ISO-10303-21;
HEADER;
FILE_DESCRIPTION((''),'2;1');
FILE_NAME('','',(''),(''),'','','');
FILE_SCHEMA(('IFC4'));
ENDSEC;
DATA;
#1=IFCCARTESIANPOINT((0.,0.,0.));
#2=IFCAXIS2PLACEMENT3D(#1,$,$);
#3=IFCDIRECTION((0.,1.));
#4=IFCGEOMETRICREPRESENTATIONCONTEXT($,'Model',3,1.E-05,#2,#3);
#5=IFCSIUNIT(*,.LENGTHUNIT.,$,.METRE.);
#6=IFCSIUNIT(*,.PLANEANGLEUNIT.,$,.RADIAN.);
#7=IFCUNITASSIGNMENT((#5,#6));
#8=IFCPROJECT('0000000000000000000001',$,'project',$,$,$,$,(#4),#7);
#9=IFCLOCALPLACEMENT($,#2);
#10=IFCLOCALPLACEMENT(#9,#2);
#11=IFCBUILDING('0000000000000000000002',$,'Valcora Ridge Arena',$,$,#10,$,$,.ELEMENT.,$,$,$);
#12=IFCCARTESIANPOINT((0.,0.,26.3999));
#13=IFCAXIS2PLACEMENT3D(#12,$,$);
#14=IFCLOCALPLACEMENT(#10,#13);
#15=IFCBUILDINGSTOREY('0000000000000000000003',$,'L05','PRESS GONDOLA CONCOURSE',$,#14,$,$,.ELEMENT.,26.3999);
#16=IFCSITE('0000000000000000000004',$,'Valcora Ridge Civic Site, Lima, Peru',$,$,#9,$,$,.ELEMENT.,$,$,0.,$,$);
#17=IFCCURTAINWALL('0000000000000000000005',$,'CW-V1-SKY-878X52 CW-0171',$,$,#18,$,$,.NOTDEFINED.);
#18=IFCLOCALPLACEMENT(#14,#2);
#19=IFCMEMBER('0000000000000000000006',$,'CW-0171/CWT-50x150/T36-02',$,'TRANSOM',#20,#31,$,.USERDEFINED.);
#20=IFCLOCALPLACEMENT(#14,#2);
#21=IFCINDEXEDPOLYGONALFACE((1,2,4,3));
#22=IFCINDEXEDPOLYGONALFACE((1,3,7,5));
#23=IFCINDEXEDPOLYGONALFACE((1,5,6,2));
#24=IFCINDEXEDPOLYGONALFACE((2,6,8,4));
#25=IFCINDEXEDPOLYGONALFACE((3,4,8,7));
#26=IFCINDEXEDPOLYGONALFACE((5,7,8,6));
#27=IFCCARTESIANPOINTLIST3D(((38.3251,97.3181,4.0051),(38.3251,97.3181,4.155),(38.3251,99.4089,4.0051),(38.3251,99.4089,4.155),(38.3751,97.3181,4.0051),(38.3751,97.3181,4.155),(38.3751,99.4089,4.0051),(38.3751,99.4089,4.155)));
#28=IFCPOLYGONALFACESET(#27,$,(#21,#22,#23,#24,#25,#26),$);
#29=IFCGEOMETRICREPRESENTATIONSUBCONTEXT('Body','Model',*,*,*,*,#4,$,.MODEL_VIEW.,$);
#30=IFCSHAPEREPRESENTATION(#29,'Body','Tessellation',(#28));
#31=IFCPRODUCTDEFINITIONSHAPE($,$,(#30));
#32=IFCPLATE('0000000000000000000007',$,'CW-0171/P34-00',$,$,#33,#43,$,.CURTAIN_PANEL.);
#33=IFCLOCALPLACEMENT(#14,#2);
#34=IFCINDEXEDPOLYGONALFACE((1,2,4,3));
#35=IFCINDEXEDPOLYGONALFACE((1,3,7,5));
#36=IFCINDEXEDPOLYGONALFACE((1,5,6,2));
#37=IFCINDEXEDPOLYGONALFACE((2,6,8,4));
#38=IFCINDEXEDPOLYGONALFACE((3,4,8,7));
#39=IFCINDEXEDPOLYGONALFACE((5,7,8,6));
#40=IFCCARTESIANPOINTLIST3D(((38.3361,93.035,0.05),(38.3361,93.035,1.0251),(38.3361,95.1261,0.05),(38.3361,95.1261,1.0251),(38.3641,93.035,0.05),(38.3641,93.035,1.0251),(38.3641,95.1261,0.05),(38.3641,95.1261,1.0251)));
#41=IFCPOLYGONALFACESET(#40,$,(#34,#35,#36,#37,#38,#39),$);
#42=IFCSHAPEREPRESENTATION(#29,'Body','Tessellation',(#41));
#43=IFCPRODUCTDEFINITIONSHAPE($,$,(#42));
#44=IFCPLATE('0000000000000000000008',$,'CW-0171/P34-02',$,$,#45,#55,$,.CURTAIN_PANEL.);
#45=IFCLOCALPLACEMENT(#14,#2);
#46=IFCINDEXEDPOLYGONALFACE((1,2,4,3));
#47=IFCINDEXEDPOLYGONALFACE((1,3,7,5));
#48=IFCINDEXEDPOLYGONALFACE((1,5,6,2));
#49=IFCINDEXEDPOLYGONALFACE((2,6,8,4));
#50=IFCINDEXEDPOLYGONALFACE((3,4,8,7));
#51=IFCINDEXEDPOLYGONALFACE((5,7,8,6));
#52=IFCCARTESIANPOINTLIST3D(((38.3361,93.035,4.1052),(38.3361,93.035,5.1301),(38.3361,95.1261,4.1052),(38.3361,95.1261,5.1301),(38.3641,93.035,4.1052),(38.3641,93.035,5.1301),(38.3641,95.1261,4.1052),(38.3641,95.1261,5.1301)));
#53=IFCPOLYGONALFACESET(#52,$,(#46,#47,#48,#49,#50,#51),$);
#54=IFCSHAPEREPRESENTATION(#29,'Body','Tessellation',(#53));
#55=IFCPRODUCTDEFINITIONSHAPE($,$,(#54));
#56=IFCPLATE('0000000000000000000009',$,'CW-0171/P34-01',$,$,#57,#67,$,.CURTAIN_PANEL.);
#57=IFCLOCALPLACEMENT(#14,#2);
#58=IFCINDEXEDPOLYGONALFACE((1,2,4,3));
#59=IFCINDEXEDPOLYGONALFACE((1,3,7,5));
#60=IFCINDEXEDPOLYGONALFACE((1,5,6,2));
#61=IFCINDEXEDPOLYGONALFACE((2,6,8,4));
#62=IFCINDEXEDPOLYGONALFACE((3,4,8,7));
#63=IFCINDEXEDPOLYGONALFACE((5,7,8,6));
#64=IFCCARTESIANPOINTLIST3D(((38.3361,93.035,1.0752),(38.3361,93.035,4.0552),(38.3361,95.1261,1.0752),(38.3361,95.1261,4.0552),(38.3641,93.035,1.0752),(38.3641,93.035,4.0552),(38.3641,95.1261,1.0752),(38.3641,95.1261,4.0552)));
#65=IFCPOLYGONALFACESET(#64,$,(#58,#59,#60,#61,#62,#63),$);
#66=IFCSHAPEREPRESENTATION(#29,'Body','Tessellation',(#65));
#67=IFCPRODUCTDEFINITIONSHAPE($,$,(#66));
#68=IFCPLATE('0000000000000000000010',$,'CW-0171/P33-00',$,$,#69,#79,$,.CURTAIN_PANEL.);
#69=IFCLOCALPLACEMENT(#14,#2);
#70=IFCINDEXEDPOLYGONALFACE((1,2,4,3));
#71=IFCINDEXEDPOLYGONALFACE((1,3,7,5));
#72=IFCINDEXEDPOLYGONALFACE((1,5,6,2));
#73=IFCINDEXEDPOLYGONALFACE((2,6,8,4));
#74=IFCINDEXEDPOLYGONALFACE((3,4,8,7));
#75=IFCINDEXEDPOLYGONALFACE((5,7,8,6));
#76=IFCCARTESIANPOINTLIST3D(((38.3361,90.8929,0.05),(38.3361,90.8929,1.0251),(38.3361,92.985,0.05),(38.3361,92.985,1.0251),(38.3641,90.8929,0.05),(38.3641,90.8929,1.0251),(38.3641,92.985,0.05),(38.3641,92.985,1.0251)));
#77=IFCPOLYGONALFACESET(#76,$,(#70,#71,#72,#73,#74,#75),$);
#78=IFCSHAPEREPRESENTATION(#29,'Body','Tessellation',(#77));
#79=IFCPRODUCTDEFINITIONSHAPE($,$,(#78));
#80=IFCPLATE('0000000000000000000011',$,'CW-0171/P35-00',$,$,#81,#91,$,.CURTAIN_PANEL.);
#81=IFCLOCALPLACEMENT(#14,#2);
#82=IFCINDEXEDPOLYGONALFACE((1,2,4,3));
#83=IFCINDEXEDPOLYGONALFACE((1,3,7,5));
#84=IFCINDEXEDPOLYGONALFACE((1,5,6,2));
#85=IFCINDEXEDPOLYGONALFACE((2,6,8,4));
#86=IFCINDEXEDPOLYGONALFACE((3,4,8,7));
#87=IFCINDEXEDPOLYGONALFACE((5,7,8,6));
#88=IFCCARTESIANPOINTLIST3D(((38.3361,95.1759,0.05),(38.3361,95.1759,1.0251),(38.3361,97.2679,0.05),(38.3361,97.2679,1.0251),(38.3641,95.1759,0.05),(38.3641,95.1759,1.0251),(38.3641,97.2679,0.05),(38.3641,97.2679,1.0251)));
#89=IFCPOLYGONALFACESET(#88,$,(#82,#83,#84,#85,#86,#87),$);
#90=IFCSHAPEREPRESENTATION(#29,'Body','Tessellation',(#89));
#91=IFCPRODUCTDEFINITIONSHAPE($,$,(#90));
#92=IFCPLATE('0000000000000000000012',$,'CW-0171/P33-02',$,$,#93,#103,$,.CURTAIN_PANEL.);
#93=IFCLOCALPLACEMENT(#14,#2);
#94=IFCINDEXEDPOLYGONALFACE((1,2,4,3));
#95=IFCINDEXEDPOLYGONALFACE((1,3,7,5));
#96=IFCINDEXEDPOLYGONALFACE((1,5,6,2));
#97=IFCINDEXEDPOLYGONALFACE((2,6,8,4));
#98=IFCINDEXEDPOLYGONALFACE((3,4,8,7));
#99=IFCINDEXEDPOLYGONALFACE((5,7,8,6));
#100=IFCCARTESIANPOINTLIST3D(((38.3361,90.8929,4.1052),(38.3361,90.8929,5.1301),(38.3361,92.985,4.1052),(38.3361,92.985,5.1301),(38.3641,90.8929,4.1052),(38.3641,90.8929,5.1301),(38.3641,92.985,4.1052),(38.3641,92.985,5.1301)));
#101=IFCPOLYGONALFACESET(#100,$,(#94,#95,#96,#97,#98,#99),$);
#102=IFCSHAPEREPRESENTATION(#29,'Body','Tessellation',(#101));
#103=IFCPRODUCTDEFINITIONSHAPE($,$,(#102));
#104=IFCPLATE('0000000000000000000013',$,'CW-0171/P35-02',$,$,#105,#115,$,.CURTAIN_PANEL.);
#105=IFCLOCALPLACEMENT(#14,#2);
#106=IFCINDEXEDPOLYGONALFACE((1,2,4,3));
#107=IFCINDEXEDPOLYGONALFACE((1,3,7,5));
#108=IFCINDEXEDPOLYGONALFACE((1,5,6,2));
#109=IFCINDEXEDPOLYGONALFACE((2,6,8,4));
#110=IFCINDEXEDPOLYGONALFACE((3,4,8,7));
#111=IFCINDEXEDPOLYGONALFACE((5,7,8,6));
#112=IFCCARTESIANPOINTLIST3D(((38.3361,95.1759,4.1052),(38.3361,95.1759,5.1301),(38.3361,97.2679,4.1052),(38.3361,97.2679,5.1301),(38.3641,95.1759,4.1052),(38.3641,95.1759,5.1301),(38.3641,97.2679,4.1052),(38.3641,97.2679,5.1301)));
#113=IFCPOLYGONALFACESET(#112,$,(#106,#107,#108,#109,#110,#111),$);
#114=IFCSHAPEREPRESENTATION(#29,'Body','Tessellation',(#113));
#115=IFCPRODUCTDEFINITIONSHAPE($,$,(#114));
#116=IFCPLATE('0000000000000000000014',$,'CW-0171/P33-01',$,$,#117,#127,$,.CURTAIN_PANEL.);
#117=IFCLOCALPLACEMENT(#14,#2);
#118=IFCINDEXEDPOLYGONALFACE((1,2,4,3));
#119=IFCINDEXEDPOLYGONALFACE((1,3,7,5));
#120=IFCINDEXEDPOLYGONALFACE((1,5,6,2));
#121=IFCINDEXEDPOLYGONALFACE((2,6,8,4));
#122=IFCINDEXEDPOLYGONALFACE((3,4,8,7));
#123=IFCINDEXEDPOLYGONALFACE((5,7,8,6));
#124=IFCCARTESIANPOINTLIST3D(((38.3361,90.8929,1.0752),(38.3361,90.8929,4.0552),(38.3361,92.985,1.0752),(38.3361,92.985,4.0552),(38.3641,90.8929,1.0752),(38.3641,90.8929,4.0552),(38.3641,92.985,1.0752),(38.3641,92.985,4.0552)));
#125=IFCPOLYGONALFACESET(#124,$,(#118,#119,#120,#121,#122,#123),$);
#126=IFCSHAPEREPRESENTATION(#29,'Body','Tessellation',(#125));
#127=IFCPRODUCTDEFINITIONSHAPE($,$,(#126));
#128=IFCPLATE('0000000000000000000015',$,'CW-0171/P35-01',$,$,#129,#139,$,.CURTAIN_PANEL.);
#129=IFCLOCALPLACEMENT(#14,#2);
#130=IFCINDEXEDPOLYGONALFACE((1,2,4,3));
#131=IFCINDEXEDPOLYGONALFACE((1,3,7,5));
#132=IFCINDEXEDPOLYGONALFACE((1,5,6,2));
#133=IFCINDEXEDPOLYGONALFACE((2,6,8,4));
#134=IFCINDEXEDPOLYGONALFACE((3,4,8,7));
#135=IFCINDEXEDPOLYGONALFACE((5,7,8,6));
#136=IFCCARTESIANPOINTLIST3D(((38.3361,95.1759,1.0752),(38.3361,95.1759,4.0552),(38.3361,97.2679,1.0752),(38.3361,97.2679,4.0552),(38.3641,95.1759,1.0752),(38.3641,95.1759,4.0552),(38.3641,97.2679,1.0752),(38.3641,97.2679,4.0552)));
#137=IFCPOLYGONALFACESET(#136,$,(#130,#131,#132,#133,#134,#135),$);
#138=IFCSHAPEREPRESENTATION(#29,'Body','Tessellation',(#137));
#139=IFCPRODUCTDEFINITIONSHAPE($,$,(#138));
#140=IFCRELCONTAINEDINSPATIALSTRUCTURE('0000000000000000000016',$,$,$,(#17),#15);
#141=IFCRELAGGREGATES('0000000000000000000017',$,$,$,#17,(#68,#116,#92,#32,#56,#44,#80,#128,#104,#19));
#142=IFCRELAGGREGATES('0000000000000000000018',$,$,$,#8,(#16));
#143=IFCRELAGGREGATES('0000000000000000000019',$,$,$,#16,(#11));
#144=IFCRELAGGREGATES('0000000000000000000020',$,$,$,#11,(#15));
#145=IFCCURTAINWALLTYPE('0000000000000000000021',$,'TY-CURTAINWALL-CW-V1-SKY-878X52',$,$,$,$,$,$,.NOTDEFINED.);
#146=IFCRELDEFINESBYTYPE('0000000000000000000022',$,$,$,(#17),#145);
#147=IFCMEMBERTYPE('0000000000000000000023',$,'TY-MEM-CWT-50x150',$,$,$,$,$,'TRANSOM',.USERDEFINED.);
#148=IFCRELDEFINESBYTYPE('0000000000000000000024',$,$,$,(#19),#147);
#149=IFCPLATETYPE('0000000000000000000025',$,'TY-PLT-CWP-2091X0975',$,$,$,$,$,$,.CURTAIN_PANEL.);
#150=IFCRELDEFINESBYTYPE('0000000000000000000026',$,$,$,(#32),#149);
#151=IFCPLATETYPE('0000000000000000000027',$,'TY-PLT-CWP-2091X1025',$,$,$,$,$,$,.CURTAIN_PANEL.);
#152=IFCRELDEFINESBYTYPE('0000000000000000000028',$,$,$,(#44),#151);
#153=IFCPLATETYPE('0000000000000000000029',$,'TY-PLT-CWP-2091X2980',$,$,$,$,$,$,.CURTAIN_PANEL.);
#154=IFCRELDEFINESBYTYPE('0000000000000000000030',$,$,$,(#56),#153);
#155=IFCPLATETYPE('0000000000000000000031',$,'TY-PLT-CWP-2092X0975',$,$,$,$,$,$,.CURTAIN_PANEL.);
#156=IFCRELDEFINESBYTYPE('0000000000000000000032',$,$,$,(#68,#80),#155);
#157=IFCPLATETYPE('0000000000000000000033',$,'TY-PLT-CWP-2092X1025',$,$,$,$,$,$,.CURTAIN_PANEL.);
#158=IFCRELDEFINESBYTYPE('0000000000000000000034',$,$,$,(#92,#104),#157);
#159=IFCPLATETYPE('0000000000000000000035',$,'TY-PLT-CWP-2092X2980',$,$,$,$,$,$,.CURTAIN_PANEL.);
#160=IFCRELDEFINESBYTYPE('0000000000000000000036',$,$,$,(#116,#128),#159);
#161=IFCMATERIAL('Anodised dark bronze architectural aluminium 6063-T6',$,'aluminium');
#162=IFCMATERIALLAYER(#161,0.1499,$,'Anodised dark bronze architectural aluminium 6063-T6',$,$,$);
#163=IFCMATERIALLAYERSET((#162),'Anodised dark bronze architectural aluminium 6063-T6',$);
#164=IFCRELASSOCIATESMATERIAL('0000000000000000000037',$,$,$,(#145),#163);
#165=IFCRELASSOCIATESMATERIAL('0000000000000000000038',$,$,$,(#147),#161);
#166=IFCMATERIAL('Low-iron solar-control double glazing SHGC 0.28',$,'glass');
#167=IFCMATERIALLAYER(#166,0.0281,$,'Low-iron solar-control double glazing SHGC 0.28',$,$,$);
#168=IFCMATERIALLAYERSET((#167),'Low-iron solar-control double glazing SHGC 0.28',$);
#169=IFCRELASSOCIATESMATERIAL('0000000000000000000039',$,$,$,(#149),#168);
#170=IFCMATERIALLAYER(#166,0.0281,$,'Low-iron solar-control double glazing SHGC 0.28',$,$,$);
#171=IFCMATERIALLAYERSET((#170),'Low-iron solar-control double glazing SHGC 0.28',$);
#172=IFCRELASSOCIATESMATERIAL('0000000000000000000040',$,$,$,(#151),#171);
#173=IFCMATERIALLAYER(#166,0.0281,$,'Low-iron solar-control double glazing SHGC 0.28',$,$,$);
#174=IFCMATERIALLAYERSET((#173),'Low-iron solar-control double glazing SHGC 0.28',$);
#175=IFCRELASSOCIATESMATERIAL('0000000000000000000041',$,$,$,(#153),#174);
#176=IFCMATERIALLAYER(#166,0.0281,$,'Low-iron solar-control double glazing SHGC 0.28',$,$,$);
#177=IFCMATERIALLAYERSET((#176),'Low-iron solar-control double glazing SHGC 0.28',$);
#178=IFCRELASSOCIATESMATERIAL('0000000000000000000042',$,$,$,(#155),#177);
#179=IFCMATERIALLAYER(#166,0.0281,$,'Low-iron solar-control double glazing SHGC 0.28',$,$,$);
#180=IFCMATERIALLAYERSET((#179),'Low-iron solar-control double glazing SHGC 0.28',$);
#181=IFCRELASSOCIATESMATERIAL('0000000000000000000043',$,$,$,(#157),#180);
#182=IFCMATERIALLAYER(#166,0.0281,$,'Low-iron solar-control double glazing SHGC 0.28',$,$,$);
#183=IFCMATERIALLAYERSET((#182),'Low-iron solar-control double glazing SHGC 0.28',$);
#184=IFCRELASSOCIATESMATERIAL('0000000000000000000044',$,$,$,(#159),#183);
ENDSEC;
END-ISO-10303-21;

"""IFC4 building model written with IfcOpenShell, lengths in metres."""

from ifc_helpers import new_model, si_unit, direction, frame, origin, origin_2d, place, context, subcontext, project, spatial, rectangle, extrude, material, layer, layer_set, material_profile, profile_set, type_object, element, aggregate, save


model = new_model("IFC4")

# Units and contexts
model_context = context("Model", 3, precision=1e-05, world=origin(), true_north=direction((0.0, 1.0)))
body_context = subcontext(model_context, "Body", "Model", "MODEL_VIEW")
ifc_project = project(units=[si_unit("LENGTHUNIT", "METRE"), si_unit("PLANEANGLEUNIT", "RADIAN")], contexts=[model_context])

# Site, building, storey
site_placement = place(None, origin())
site = spatial("IfcSite", under=ifc_project, at=site_placement, Name="Valcora Ridge Civic Site, Lima, Peru", CompositionType="ELEMENT", RefElevation=0.0)
building_placement = place(site_placement, origin())
building = spatial("IfcBuilding", under=site, at=building_placement, Name="Valcora Ridge Arena", CompositionType="ELEMENT")
storey_placement = place(building_placement, frame((0.0, 0.0, 26.3999)))
storey = spatial("IfcBuildingStorey", under=building, at=storey_placement, Name="L05", Description="PRESS GONDOLA CONCOURSE", CompositionType="ELEMENT", Elevation=26.3999)

# Curtain wall, member, plates
ifc_material_1 = material(Name="Anodised dark bronze architectural aluminium 6063-T6", Category="aluminium")
ifc_layer_1 = layer(ifc_material_1, 0.1499, Name="Anodised dark bronze architectural aluminium 6063-T6")
ifc_layer_set_1 = layer_set([ifc_layer_1], Name="Anodised dark bronze architectural aluminium 6063-T6")
curtain_wall_type = type_object("IfcCurtainWallType", Name="TY-CURTAINWALL-CW-V1-SKY-878X52", PredefinedType="NOTDEFINED", material=ifc_layer_set_1)
curtain_wall_placement = place(storey_placement, origin())
curtain_wall = element("IfcCurtainWall", 1, at=curtain_wall_placement, inside=storey, type_object=curtain_wall_type, Name="CW-V1-SKY-878X52 CW-0171", PredefinedType="NOTDEFINED")
ifc_material_profile_1 = material_profile(ifc_material_1, rectangle(XDim=0.05, YDim=0.1499, at=origin_2d()), Name="ALU TRANSOM 50x150")
ifc_profile_set_1 = profile_set([ifc_material_profile_1], Name="Anodised dark bronze architectural aluminium 6063-T6")
member_type_1 = type_object("IfcMemberType", Name="TY-MEM-CWT-50x150", ElementType="TRANSOM", PredefinedType="USERDEFINED", material=ifc_profile_set_1)
member_1_placement = place(storey_placement, frame((38.3501, 97.3181, 4.0801), z_axis=(0.0, 1.0, 0.0), x_axis=(-1.0, 0.0, 0.0)))
member_1 = element("IfcMember", 2, at=member_1_placement, type_object=member_type_1, Name="CW-0171/CWT-50x150/T36-02", ObjectType="TRANSOM", PredefinedType="USERDEFINED", context=body_context, shape_type="SweptSolid", body=[
    extrude(rectangle(XDim=0.05, YDim=0.1499, at=origin_2d()), origin(), (0.0, 0.0, 1.0), 2.0908),
])
ifc_material_2 = material(Name="Low-iron solar-control double glazing SHGC 0.28", Category="glass")
ifc_layer_2 = layer(ifc_material_2, 0.0281, Name="Low-iron solar-control double glazing SHGC 0.28")
ifc_layer_set_2 = layer_set([ifc_layer_2], Name="Low-iron solar-control double glazing SHGC 0.28")
plate_type_1 = type_object("IfcPlateType", Name="TY-PLT-CWP-2091X0975", PredefinedType="CURTAIN_PANEL", material=ifc_layer_set_2)
plate_1_placement = place(storey_placement, frame((38.3501, 94.0806, 0.05), z_axis=(0.0, 0.0, 1.0), x_axis=(0.0, 1.0, 0.0)))
plate_1 = element("IfcPlate", 3, at=plate_1_placement, type_object=plate_type_1, Name="CW-0171/P34-00", PredefinedType="CURTAIN_PANEL", context=body_context, shape_type="SweptSolid", body=[
    extrude(rectangle(XDim=2.0911, YDim=0.0281, at=origin_2d()), origin(), (0.0, 0.0, 1.0), 0.9751),
])
ifc_layer_3 = layer(ifc_material_2, 0.0281, Name="Low-iron solar-control double glazing SHGC 0.28")
ifc_layer_set_3 = layer_set([ifc_layer_3], Name="Low-iron solar-control double glazing SHGC 0.28")
plate_type_2 = type_object("IfcPlateType", Name="TY-PLT-CWP-2091X1025", PredefinedType="CURTAIN_PANEL", material=ifc_layer_set_3)
plate_2_placement = place(storey_placement, frame((38.3501, 94.0806, 4.1052), z_axis=(0.0, 0.0, 1.0), x_axis=(0.0, 1.0, 0.0)))
plate_2 = element("IfcPlate", 4, at=plate_2_placement, type_object=plate_type_2, Name="CW-0171/P34-02", PredefinedType="CURTAIN_PANEL", context=body_context, shape_type="SweptSolid", body=[
    extrude(rectangle(XDim=2.0911, YDim=0.0281, at=origin_2d()), origin(), (0.0, 0.0, 1.0), 1.0249),
])
ifc_layer_4 = layer(ifc_material_2, 0.0281, Name="Low-iron solar-control double glazing SHGC 0.28")
ifc_layer_set_4 = layer_set([ifc_layer_4], Name="Low-iron solar-control double glazing SHGC 0.28")
plate_type_3 = type_object("IfcPlateType", Name="TY-PLT-CWP-2091X2980", PredefinedType="CURTAIN_PANEL", material=ifc_layer_set_4)
plate_3_placement = place(storey_placement, frame((38.3501, 94.0806, 1.0752), z_axis=(0.0, 0.0, 1.0), x_axis=(0.0, 1.0, 0.0)))
plate_3 = element("IfcPlate", 5, at=plate_3_placement, type_object=plate_type_3, Name="CW-0171/P34-01", PredefinedType="CURTAIN_PANEL", context=body_context, shape_type="SweptSolid", body=[
    extrude(rectangle(XDim=2.0911, YDim=0.0281, at=origin_2d()), origin(), (0.0, 0.0, 1.0), 2.98),
])
ifc_layer_5 = layer(ifc_material_2, 0.0281, Name="Low-iron solar-control double glazing SHGC 0.28")
ifc_layer_set_5 = layer_set([ifc_layer_5], Name="Low-iron solar-control double glazing SHGC 0.28")
plate_type_4 = type_object("IfcPlateType", Name="TY-PLT-CWP-2092X0975", PredefinedType="CURTAIN_PANEL", material=ifc_layer_set_5)
plate_4_placement = place(storey_placement, frame((38.3501, 91.939, 0.05), z_axis=(0.0, 0.0, 1.0), x_axis=(0.0, 1.0, 0.0)))
plate_4 = element("IfcPlate", 6, at=plate_4_placement, type_object=plate_type_4, Name="CW-0171/P33-00", PredefinedType="CURTAIN_PANEL", context=body_context, shape_type="SweptSolid", body=[
    extrude(rectangle(XDim=2.092, YDim=0.0281, at=origin_2d()), origin(), (0.0, 0.0, 1.0), 0.9751),
])
plate_5_placement = place(storey_placement, frame((38.3501, 96.2219, 0.05), z_axis=(0.0, 0.0, 1.0), x_axis=(0.0, 1.0, 0.0)))
plate_5 = element("IfcPlate", 7, at=plate_5_placement, type_object=plate_type_4, Name="CW-0171/P35-00", PredefinedType="CURTAIN_PANEL", context=body_context, shape_type="SweptSolid", body=[
    extrude(rectangle(XDim=2.092, YDim=0.0281, at=origin_2d()), origin(), (0.0, 0.0, 1.0), 0.9751),
])
ifc_layer_6 = layer(ifc_material_2, 0.0281, Name="Low-iron solar-control double glazing SHGC 0.28")
ifc_layer_set_6 = layer_set([ifc_layer_6], Name="Low-iron solar-control double glazing SHGC 0.28")
plate_type_5 = type_object("IfcPlateType", Name="TY-PLT-CWP-2092X1025", PredefinedType="CURTAIN_PANEL", material=ifc_layer_set_6)
plate_6_placement = place(storey_placement, frame((38.3501, 91.939, 4.1052), z_axis=(0.0, 0.0, 1.0), x_axis=(0.0, 1.0, 0.0)))
plate_6 = element("IfcPlate", 8, at=plate_6_placement, type_object=plate_type_5, Name="CW-0171/P33-02", PredefinedType="CURTAIN_PANEL", context=body_context, shape_type="SweptSolid", body=[
    extrude(rectangle(XDim=2.092, YDim=0.0281, at=origin_2d()), origin(), (0.0, 0.0, 1.0), 1.0249),
])
plate_7_placement = place(storey_placement, frame((38.3501, 96.2219, 4.1052), z_axis=(0.0, 0.0, 1.0), x_axis=(0.0, 1.0, 0.0)))
plate_7 = element("IfcPlate", 9, at=plate_7_placement, type_object=plate_type_5, Name="CW-0171/P35-02", PredefinedType="CURTAIN_PANEL", context=body_context, shape_type="SweptSolid", body=[
    extrude(rectangle(XDim=2.092, YDim=0.0281, at=origin_2d()), origin(), (0.0, 0.0, 1.0), 1.0249),
])
ifc_layer_7 = layer(ifc_material_2, 0.0281, Name="Low-iron solar-control double glazing SHGC 0.28")
ifc_layer_set_7 = layer_set([ifc_layer_7], Name="Low-iron solar-control double glazing SHGC 0.28")
plate_type_6 = type_object("IfcPlateType", Name="TY-PLT-CWP-2092X2980", PredefinedType="CURTAIN_PANEL", material=ifc_layer_set_7)
plate_8_placement = place(storey_placement, frame((38.3501, 91.939, 1.0752), z_axis=(0.0, 0.0, 1.0), x_axis=(0.0, 1.0, 0.0)))
plate_8 = element("IfcPlate", 10, at=plate_8_placement, type_object=plate_type_6, Name="CW-0171/P33-01", PredefinedType="CURTAIN_PANEL", context=body_context, shape_type="SweptSolid", body=[
    extrude(rectangle(XDim=2.092, YDim=0.0281, at=origin_2d()), origin(), (0.0, 0.0, 1.0), 2.98),
])
plate_9_placement = place(storey_placement, frame((38.3501, 96.2219, 1.0752), z_axis=(0.0, 0.0, 1.0), x_axis=(0.0, 1.0, 0.0)))
plate_9 = element("IfcPlate", 11, at=plate_9_placement, type_object=plate_type_6, Name="CW-0171/P35-01", PredefinedType="CURTAIN_PANEL", context=body_context, shape_type="SweptSolid", body=[
    extrude(rectangle(XDim=2.092, YDim=0.0281, at=origin_2d()), origin(), (0.0, 0.0, 1.0), 2.98),
])
aggregate(curtain_wall, [plate_4, plate_8, plate_6, plate_1, plate_3, plate_2, plate_5, plate_9, plate_7, member_1])

save(model, "model.ifc")
